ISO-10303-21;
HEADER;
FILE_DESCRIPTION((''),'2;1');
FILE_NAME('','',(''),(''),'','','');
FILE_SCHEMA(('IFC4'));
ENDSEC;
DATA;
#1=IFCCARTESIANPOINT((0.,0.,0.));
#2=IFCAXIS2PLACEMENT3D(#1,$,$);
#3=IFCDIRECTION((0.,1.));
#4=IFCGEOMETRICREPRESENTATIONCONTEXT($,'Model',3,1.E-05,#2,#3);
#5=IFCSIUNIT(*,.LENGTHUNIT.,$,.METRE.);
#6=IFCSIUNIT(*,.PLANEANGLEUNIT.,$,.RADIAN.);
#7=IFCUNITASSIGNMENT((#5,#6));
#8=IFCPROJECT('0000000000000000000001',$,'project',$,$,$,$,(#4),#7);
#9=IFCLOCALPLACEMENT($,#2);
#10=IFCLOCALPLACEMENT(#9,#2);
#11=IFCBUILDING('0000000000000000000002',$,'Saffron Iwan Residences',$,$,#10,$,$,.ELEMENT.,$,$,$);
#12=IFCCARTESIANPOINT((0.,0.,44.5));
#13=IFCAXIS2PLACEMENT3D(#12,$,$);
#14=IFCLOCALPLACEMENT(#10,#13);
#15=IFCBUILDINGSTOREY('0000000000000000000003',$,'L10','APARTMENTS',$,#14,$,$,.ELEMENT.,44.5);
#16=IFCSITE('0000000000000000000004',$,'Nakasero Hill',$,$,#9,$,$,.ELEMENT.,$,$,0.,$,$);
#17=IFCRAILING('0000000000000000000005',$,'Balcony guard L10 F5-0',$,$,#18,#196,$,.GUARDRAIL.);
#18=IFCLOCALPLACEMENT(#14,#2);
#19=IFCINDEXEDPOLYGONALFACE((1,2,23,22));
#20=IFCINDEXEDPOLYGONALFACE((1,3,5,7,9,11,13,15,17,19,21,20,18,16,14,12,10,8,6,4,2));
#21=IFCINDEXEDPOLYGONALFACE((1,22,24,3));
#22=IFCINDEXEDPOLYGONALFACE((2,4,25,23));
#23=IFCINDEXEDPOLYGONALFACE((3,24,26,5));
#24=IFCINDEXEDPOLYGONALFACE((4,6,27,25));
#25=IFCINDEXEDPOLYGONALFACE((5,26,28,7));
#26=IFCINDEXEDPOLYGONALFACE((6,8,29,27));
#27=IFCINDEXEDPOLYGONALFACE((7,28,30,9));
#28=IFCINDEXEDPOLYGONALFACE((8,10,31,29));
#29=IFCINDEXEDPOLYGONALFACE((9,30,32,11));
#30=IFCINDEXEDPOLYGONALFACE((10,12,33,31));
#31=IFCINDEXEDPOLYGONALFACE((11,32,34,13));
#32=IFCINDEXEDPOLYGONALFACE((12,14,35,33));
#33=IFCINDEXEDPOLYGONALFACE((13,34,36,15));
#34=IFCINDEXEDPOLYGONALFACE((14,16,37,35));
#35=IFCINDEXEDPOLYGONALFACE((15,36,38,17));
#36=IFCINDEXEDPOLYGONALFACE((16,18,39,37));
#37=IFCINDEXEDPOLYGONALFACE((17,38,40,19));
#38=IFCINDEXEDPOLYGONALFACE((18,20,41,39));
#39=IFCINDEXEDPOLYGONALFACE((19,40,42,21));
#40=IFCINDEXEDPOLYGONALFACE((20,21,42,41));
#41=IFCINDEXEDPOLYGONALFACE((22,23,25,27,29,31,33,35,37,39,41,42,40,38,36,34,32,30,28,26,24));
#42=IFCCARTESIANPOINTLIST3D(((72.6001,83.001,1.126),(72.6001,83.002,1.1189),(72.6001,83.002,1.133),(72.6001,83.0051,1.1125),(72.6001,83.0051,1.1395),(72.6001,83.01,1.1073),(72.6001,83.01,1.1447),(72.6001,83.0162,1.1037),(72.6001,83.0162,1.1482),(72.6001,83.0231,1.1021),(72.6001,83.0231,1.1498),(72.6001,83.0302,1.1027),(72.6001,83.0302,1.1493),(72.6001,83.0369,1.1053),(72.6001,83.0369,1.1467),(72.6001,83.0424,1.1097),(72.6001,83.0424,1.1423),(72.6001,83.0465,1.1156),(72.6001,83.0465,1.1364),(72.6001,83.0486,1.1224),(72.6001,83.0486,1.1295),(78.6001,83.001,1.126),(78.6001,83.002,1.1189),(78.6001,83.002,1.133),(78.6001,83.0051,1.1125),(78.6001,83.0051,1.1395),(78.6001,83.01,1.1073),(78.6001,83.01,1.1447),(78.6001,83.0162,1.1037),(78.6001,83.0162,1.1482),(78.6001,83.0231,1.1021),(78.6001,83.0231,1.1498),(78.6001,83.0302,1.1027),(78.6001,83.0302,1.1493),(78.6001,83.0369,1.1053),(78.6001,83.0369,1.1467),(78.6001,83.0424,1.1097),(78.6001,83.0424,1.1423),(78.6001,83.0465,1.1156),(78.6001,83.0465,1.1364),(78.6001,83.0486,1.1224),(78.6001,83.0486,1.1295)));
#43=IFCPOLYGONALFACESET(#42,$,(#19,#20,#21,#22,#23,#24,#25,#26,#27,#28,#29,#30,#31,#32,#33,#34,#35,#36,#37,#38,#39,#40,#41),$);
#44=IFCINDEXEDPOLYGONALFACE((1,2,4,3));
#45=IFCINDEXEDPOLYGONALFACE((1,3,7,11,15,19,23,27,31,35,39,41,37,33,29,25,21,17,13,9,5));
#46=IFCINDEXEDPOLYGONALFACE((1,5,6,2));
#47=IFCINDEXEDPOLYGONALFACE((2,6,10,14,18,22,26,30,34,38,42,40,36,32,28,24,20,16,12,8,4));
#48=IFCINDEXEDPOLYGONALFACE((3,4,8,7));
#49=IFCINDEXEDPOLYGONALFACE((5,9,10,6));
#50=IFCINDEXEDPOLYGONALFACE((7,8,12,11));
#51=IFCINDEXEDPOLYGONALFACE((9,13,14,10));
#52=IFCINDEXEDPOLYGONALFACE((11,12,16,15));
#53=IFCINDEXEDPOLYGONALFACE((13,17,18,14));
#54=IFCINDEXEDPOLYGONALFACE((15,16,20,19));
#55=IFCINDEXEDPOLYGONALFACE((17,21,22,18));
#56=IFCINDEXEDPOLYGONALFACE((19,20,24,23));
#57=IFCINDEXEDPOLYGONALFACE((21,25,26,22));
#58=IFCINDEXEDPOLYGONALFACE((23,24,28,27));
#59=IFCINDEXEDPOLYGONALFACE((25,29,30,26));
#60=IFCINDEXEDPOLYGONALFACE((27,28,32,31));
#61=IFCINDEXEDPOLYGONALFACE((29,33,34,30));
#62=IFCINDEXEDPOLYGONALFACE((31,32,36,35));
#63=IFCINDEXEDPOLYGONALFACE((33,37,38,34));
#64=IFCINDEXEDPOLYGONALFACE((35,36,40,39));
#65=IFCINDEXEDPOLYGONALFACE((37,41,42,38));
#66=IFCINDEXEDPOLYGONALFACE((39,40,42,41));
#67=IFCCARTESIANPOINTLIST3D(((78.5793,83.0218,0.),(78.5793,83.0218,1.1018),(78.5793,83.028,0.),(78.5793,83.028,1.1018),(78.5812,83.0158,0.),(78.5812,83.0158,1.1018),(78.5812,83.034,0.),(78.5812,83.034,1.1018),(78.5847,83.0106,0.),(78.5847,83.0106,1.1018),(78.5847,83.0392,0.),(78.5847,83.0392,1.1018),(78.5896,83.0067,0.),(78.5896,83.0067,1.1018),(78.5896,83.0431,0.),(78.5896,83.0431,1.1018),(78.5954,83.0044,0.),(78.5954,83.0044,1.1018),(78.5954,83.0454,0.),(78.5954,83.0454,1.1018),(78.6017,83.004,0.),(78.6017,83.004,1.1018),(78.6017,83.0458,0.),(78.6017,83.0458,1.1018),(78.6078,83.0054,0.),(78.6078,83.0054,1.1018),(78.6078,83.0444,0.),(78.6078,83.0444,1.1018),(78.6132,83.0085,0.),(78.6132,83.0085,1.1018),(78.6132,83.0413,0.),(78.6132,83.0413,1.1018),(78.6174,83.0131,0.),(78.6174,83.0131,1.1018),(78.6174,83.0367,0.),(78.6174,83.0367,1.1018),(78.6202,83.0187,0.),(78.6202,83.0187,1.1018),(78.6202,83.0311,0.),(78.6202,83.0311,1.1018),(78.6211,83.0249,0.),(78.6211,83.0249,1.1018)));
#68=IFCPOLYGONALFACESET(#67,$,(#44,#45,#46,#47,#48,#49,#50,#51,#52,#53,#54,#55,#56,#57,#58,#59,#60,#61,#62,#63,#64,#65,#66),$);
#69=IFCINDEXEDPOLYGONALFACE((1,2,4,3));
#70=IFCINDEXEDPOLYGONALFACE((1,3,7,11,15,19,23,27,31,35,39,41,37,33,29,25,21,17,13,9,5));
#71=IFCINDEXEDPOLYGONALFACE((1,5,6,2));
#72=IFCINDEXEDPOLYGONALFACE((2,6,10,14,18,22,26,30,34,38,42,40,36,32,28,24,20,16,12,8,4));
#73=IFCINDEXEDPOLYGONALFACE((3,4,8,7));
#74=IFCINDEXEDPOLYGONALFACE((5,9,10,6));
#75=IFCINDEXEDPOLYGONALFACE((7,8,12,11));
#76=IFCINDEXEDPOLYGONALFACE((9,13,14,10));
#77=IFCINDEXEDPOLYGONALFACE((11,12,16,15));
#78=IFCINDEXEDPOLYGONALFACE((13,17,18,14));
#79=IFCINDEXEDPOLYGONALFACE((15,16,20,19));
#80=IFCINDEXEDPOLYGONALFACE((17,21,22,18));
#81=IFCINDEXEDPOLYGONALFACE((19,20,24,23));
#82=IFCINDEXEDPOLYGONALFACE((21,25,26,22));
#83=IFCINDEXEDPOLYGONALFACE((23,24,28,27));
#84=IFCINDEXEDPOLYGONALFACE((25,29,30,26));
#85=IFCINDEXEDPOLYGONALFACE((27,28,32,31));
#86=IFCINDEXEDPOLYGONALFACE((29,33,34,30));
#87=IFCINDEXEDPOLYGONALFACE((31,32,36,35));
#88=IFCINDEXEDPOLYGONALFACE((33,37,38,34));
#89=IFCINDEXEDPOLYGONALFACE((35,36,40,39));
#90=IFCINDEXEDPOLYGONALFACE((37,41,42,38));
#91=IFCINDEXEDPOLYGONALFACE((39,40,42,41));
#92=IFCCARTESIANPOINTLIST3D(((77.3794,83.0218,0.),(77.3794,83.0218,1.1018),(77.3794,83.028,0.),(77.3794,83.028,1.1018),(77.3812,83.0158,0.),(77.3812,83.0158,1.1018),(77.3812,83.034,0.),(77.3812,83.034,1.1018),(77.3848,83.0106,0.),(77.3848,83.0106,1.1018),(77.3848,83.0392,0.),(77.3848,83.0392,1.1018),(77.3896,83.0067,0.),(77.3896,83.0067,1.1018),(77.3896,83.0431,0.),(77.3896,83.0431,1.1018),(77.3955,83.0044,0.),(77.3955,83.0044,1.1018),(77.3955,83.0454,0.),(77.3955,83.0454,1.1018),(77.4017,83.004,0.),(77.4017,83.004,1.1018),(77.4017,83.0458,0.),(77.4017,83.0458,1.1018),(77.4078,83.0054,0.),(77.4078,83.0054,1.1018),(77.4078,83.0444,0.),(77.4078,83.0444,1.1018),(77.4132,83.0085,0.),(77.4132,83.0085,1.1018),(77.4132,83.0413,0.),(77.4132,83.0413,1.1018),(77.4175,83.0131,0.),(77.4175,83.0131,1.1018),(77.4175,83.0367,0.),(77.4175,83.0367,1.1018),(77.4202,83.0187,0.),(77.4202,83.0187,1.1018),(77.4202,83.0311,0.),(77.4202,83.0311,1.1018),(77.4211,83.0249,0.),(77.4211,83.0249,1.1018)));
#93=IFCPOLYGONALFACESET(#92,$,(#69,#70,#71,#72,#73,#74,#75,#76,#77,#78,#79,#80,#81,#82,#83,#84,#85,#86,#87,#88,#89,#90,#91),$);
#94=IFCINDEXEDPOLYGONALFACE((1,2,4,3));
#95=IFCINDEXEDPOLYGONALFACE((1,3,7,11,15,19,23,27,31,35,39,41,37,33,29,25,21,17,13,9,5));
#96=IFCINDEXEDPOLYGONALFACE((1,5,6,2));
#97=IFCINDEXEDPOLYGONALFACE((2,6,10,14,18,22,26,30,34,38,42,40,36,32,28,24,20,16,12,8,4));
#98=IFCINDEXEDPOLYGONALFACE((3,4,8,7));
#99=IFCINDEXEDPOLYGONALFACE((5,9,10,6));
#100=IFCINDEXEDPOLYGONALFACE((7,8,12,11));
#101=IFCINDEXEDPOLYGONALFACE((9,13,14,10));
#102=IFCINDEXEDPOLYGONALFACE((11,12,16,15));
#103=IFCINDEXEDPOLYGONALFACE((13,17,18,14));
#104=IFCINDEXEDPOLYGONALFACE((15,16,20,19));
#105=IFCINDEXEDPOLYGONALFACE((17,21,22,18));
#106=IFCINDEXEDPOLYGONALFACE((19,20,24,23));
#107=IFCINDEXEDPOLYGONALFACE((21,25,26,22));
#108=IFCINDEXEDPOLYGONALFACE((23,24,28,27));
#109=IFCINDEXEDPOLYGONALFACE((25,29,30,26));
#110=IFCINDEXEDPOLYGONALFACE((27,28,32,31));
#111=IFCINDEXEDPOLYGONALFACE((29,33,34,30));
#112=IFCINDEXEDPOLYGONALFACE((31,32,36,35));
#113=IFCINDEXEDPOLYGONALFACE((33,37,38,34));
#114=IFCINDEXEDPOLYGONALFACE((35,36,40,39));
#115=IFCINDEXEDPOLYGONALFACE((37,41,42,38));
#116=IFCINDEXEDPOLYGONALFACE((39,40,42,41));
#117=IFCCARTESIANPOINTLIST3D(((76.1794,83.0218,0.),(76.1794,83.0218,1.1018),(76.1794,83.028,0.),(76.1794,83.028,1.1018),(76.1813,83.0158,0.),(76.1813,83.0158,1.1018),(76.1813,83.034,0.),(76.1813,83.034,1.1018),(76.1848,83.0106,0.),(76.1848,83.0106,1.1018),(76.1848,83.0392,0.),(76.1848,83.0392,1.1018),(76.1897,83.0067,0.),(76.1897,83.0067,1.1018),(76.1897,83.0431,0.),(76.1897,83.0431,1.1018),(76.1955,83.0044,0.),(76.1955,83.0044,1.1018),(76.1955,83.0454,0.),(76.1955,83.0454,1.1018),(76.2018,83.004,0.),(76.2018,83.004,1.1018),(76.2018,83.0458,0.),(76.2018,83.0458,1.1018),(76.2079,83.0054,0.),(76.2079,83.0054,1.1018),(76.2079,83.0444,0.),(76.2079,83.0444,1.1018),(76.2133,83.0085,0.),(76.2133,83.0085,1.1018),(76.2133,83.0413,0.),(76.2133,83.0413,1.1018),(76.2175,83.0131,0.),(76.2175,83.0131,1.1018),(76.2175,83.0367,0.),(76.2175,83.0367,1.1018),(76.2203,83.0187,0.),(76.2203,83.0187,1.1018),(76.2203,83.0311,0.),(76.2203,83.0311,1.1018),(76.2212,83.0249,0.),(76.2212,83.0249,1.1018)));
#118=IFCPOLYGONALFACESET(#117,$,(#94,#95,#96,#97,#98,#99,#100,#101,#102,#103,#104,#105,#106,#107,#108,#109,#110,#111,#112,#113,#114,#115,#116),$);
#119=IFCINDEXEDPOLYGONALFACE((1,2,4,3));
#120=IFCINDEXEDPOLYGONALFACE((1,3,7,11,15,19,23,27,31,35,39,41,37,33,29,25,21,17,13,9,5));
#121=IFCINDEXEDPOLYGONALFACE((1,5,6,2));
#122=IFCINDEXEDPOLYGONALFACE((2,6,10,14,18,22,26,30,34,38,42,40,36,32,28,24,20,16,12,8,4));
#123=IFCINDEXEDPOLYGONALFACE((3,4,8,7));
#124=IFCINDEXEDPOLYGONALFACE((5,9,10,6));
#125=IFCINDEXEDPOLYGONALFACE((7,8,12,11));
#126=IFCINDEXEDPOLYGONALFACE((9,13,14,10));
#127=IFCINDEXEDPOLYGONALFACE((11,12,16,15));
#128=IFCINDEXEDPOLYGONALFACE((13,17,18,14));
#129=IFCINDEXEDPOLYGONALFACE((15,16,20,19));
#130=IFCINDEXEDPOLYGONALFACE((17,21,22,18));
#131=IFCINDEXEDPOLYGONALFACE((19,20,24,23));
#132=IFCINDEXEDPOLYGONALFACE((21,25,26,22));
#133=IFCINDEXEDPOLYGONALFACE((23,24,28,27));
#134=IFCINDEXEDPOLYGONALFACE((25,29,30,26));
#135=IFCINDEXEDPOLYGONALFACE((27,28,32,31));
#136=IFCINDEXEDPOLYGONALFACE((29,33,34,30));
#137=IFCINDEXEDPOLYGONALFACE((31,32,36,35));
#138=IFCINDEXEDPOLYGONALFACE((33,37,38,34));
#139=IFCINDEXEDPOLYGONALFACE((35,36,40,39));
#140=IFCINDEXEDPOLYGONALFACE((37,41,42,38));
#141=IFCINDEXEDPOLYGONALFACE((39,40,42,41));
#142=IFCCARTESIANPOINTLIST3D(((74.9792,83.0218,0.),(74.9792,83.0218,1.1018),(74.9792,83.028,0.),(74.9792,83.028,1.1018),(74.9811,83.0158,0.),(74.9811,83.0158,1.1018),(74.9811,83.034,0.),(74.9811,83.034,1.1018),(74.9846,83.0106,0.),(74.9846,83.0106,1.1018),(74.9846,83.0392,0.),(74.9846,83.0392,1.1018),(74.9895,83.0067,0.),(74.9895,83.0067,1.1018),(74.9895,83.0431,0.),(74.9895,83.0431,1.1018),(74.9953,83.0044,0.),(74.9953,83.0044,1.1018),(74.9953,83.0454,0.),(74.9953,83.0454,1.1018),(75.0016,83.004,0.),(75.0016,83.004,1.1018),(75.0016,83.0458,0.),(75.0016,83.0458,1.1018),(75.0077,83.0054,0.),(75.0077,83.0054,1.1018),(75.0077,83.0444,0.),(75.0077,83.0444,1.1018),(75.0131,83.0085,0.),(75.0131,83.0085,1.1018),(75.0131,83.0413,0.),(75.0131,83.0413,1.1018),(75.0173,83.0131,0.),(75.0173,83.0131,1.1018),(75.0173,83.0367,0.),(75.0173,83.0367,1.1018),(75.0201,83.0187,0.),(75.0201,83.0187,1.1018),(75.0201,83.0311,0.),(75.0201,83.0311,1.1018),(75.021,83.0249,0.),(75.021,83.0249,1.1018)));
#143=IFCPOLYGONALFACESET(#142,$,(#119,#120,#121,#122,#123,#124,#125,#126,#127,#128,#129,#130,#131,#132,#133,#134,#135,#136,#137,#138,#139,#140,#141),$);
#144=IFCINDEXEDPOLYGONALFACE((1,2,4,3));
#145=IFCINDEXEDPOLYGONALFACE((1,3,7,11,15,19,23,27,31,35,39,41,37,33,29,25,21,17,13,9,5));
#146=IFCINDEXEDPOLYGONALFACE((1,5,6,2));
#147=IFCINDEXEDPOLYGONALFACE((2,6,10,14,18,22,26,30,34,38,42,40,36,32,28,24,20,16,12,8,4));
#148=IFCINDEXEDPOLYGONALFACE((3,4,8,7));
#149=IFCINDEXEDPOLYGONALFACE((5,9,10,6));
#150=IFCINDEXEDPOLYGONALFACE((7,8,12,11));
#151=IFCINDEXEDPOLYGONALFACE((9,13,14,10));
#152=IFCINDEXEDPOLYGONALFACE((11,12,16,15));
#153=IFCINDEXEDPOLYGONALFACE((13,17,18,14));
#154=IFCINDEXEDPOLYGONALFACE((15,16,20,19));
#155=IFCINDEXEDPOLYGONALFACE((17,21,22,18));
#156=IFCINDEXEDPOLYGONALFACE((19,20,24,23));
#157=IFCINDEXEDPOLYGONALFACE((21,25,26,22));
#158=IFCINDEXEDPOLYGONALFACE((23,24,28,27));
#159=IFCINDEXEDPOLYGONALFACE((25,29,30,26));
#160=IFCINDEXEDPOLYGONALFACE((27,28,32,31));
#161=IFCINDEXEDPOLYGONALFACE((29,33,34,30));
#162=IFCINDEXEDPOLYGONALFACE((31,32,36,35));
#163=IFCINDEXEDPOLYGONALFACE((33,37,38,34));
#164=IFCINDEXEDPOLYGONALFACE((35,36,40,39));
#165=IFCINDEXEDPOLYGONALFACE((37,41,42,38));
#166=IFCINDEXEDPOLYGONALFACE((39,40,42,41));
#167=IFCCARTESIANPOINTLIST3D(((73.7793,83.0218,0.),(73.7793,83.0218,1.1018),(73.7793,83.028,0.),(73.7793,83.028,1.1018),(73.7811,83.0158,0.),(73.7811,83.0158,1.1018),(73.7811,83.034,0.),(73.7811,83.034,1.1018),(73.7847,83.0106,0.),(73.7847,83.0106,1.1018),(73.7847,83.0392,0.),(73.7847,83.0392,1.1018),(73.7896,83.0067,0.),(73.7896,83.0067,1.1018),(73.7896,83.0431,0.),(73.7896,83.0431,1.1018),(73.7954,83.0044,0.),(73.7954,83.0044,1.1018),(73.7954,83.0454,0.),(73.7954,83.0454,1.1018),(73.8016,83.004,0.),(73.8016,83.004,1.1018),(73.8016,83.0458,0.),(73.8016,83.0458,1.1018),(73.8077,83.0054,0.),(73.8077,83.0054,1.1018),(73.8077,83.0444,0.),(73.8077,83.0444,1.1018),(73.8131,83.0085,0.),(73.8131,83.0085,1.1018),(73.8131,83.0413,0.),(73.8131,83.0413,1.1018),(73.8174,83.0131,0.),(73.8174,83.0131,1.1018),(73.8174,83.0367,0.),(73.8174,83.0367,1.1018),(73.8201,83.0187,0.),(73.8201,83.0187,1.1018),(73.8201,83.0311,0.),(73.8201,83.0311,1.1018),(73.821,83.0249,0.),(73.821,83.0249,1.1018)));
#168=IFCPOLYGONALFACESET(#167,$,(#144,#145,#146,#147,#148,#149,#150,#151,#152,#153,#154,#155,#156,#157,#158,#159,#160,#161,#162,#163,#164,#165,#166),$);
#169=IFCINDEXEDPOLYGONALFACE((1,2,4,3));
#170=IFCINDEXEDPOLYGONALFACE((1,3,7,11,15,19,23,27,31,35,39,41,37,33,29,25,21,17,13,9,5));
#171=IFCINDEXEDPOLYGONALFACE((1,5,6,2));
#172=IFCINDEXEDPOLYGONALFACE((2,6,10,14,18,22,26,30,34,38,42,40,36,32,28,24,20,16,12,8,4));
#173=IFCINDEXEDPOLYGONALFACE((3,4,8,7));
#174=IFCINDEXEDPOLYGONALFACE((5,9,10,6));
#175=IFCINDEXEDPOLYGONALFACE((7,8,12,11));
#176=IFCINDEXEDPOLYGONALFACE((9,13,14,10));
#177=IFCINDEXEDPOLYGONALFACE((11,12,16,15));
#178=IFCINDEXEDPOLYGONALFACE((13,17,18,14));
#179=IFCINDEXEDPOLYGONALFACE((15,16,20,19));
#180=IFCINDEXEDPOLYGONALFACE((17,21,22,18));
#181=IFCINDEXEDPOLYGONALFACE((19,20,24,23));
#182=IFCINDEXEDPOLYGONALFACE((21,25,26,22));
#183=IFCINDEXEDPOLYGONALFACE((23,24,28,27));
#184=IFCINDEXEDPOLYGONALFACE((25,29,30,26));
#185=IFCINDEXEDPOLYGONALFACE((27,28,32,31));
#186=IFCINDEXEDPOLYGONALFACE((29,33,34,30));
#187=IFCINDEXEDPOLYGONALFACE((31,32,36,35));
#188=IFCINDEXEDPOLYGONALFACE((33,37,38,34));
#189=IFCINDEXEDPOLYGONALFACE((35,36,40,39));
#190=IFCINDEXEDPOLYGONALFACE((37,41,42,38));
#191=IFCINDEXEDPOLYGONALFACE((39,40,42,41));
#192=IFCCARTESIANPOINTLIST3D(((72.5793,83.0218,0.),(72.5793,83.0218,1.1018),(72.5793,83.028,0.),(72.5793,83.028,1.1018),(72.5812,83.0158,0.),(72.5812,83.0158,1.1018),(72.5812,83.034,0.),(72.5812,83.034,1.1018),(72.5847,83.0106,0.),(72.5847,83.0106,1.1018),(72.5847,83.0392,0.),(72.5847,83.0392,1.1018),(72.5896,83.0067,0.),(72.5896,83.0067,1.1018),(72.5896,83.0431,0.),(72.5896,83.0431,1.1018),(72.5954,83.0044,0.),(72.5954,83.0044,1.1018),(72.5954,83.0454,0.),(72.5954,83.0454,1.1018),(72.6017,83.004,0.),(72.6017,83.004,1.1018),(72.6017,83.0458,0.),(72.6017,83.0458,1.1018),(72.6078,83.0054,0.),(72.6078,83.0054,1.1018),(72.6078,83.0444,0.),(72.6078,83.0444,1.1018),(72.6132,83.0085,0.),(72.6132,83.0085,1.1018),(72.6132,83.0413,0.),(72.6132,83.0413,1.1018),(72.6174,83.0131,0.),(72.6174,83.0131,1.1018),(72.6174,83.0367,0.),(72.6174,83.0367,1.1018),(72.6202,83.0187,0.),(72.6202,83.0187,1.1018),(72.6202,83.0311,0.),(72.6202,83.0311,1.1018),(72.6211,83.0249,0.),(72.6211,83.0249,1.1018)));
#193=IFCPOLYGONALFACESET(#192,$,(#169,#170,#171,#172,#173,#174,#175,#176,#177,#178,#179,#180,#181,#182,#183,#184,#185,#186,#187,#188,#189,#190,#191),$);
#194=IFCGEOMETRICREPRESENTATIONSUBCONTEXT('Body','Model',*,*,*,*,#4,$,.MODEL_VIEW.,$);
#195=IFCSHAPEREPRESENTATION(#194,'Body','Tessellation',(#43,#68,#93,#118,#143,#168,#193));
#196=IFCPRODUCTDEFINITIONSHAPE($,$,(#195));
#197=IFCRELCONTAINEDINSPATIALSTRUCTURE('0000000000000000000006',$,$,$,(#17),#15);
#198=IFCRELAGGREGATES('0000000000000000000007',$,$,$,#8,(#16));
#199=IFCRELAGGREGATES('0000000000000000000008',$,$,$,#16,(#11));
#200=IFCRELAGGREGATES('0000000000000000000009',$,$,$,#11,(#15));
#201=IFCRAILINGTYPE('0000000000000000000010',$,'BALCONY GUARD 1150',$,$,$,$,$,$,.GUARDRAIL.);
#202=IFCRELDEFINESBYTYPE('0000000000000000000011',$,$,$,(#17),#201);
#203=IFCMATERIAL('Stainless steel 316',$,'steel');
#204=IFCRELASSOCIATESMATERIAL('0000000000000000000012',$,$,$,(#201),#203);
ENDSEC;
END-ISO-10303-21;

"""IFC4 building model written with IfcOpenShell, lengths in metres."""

from ifc_helpers import new_model, si_unit, direction, frame, origin, origin_2d, place, context, subcontext, project, spatial, circle, extrude, material, type_object, element, save


model = new_model("IFC4")

# Units and contexts
model_context = context("Model", 3, precision=1e-05, world=origin(), true_north=direction((0.0, 1.0)))
body_context = subcontext(model_context, "Body", "Model", "MODEL_VIEW")
ifc_project = project(units=[si_unit("LENGTHUNIT", "METRE"), si_unit("PLANEANGLEUNIT", "RADIAN")], contexts=[model_context])

# Site, building, storey
site_placement = place(None, origin())
site = spatial("IfcSite", under=ifc_project, at=site_placement, Name="Nakasero Hill", CompositionType="ELEMENT", RefElevation=0.0)
building_placement = place(site_placement, origin())
building = spatial("IfcBuilding", under=site, at=building_placement, Name="Saffron Iwan Residences", CompositionType="ELEMENT")
storey_placement = place(building_placement, frame((0.0, 0.0, 44.5)))
storey = spatial("IfcBuildingStorey", under=building, at=storey_placement, Name="L10", Description="APARTMENTS", CompositionType="ELEMENT", Elevation=44.5)

# Railing
ifc_material_1 = material(Name="Stainless steel 316", Category="steel")
railing_type = type_object("IfcRailingType", Name="BALCONY GUARD 1150", PredefinedType="GUARDRAIL", material=ifc_material_1)
railing_placement = place(storey_placement, frame((78.6001, 83.0249, 0.0)))
element("IfcRailing", 1, at=railing_placement, inside=storey, type_object=railing_type, Name="Balcony guard L10 F5-0", PredefinedType="GUARDRAIL", context=body_context, shape_type="SweptSolid", body=[
    extrude(circle(Radius=0.0239, at=origin_2d()), frame((0.0, 0.0, 1.126), z_axis=(-1.0, 0.0, 0.0), x_axis=(0.0, -1.0, 0.0)), (0.0, 0.0, 1.0), 6.0),
    extrude(circle(Radius=0.021, at=origin_2d()), origin(), (0.0, 0.0, 1.0), 1.1018),
    extrude(circle(Radius=0.021, at=origin_2d()), frame((-1.2, 0.0, 0.0)), (0.0, 0.0, 1.0), 1.1018),
    extrude(circle(Radius=0.021, at=origin_2d()), frame((-2.3999, 0.0, 0.0)), (0.0, 0.0, 1.0), 1.1018),
    extrude(circle(Radius=0.021, at=origin_2d()), frame((-3.6001, 0.0, 0.0)), (0.0, 0.0, 1.0), 1.1018),
    extrude(circle(Radius=0.021, at=origin_2d()), frame((-4.8, 0.0, 0.0)), (0.0, 0.0, 1.0), 1.1018),
    extrude(circle(Radius=0.021, at=origin_2d()), frame((-6.0, 0.0, 0.0)), (0.0, 0.0, 1.0), 1.1018),
])

save(model, "model.ifc")
